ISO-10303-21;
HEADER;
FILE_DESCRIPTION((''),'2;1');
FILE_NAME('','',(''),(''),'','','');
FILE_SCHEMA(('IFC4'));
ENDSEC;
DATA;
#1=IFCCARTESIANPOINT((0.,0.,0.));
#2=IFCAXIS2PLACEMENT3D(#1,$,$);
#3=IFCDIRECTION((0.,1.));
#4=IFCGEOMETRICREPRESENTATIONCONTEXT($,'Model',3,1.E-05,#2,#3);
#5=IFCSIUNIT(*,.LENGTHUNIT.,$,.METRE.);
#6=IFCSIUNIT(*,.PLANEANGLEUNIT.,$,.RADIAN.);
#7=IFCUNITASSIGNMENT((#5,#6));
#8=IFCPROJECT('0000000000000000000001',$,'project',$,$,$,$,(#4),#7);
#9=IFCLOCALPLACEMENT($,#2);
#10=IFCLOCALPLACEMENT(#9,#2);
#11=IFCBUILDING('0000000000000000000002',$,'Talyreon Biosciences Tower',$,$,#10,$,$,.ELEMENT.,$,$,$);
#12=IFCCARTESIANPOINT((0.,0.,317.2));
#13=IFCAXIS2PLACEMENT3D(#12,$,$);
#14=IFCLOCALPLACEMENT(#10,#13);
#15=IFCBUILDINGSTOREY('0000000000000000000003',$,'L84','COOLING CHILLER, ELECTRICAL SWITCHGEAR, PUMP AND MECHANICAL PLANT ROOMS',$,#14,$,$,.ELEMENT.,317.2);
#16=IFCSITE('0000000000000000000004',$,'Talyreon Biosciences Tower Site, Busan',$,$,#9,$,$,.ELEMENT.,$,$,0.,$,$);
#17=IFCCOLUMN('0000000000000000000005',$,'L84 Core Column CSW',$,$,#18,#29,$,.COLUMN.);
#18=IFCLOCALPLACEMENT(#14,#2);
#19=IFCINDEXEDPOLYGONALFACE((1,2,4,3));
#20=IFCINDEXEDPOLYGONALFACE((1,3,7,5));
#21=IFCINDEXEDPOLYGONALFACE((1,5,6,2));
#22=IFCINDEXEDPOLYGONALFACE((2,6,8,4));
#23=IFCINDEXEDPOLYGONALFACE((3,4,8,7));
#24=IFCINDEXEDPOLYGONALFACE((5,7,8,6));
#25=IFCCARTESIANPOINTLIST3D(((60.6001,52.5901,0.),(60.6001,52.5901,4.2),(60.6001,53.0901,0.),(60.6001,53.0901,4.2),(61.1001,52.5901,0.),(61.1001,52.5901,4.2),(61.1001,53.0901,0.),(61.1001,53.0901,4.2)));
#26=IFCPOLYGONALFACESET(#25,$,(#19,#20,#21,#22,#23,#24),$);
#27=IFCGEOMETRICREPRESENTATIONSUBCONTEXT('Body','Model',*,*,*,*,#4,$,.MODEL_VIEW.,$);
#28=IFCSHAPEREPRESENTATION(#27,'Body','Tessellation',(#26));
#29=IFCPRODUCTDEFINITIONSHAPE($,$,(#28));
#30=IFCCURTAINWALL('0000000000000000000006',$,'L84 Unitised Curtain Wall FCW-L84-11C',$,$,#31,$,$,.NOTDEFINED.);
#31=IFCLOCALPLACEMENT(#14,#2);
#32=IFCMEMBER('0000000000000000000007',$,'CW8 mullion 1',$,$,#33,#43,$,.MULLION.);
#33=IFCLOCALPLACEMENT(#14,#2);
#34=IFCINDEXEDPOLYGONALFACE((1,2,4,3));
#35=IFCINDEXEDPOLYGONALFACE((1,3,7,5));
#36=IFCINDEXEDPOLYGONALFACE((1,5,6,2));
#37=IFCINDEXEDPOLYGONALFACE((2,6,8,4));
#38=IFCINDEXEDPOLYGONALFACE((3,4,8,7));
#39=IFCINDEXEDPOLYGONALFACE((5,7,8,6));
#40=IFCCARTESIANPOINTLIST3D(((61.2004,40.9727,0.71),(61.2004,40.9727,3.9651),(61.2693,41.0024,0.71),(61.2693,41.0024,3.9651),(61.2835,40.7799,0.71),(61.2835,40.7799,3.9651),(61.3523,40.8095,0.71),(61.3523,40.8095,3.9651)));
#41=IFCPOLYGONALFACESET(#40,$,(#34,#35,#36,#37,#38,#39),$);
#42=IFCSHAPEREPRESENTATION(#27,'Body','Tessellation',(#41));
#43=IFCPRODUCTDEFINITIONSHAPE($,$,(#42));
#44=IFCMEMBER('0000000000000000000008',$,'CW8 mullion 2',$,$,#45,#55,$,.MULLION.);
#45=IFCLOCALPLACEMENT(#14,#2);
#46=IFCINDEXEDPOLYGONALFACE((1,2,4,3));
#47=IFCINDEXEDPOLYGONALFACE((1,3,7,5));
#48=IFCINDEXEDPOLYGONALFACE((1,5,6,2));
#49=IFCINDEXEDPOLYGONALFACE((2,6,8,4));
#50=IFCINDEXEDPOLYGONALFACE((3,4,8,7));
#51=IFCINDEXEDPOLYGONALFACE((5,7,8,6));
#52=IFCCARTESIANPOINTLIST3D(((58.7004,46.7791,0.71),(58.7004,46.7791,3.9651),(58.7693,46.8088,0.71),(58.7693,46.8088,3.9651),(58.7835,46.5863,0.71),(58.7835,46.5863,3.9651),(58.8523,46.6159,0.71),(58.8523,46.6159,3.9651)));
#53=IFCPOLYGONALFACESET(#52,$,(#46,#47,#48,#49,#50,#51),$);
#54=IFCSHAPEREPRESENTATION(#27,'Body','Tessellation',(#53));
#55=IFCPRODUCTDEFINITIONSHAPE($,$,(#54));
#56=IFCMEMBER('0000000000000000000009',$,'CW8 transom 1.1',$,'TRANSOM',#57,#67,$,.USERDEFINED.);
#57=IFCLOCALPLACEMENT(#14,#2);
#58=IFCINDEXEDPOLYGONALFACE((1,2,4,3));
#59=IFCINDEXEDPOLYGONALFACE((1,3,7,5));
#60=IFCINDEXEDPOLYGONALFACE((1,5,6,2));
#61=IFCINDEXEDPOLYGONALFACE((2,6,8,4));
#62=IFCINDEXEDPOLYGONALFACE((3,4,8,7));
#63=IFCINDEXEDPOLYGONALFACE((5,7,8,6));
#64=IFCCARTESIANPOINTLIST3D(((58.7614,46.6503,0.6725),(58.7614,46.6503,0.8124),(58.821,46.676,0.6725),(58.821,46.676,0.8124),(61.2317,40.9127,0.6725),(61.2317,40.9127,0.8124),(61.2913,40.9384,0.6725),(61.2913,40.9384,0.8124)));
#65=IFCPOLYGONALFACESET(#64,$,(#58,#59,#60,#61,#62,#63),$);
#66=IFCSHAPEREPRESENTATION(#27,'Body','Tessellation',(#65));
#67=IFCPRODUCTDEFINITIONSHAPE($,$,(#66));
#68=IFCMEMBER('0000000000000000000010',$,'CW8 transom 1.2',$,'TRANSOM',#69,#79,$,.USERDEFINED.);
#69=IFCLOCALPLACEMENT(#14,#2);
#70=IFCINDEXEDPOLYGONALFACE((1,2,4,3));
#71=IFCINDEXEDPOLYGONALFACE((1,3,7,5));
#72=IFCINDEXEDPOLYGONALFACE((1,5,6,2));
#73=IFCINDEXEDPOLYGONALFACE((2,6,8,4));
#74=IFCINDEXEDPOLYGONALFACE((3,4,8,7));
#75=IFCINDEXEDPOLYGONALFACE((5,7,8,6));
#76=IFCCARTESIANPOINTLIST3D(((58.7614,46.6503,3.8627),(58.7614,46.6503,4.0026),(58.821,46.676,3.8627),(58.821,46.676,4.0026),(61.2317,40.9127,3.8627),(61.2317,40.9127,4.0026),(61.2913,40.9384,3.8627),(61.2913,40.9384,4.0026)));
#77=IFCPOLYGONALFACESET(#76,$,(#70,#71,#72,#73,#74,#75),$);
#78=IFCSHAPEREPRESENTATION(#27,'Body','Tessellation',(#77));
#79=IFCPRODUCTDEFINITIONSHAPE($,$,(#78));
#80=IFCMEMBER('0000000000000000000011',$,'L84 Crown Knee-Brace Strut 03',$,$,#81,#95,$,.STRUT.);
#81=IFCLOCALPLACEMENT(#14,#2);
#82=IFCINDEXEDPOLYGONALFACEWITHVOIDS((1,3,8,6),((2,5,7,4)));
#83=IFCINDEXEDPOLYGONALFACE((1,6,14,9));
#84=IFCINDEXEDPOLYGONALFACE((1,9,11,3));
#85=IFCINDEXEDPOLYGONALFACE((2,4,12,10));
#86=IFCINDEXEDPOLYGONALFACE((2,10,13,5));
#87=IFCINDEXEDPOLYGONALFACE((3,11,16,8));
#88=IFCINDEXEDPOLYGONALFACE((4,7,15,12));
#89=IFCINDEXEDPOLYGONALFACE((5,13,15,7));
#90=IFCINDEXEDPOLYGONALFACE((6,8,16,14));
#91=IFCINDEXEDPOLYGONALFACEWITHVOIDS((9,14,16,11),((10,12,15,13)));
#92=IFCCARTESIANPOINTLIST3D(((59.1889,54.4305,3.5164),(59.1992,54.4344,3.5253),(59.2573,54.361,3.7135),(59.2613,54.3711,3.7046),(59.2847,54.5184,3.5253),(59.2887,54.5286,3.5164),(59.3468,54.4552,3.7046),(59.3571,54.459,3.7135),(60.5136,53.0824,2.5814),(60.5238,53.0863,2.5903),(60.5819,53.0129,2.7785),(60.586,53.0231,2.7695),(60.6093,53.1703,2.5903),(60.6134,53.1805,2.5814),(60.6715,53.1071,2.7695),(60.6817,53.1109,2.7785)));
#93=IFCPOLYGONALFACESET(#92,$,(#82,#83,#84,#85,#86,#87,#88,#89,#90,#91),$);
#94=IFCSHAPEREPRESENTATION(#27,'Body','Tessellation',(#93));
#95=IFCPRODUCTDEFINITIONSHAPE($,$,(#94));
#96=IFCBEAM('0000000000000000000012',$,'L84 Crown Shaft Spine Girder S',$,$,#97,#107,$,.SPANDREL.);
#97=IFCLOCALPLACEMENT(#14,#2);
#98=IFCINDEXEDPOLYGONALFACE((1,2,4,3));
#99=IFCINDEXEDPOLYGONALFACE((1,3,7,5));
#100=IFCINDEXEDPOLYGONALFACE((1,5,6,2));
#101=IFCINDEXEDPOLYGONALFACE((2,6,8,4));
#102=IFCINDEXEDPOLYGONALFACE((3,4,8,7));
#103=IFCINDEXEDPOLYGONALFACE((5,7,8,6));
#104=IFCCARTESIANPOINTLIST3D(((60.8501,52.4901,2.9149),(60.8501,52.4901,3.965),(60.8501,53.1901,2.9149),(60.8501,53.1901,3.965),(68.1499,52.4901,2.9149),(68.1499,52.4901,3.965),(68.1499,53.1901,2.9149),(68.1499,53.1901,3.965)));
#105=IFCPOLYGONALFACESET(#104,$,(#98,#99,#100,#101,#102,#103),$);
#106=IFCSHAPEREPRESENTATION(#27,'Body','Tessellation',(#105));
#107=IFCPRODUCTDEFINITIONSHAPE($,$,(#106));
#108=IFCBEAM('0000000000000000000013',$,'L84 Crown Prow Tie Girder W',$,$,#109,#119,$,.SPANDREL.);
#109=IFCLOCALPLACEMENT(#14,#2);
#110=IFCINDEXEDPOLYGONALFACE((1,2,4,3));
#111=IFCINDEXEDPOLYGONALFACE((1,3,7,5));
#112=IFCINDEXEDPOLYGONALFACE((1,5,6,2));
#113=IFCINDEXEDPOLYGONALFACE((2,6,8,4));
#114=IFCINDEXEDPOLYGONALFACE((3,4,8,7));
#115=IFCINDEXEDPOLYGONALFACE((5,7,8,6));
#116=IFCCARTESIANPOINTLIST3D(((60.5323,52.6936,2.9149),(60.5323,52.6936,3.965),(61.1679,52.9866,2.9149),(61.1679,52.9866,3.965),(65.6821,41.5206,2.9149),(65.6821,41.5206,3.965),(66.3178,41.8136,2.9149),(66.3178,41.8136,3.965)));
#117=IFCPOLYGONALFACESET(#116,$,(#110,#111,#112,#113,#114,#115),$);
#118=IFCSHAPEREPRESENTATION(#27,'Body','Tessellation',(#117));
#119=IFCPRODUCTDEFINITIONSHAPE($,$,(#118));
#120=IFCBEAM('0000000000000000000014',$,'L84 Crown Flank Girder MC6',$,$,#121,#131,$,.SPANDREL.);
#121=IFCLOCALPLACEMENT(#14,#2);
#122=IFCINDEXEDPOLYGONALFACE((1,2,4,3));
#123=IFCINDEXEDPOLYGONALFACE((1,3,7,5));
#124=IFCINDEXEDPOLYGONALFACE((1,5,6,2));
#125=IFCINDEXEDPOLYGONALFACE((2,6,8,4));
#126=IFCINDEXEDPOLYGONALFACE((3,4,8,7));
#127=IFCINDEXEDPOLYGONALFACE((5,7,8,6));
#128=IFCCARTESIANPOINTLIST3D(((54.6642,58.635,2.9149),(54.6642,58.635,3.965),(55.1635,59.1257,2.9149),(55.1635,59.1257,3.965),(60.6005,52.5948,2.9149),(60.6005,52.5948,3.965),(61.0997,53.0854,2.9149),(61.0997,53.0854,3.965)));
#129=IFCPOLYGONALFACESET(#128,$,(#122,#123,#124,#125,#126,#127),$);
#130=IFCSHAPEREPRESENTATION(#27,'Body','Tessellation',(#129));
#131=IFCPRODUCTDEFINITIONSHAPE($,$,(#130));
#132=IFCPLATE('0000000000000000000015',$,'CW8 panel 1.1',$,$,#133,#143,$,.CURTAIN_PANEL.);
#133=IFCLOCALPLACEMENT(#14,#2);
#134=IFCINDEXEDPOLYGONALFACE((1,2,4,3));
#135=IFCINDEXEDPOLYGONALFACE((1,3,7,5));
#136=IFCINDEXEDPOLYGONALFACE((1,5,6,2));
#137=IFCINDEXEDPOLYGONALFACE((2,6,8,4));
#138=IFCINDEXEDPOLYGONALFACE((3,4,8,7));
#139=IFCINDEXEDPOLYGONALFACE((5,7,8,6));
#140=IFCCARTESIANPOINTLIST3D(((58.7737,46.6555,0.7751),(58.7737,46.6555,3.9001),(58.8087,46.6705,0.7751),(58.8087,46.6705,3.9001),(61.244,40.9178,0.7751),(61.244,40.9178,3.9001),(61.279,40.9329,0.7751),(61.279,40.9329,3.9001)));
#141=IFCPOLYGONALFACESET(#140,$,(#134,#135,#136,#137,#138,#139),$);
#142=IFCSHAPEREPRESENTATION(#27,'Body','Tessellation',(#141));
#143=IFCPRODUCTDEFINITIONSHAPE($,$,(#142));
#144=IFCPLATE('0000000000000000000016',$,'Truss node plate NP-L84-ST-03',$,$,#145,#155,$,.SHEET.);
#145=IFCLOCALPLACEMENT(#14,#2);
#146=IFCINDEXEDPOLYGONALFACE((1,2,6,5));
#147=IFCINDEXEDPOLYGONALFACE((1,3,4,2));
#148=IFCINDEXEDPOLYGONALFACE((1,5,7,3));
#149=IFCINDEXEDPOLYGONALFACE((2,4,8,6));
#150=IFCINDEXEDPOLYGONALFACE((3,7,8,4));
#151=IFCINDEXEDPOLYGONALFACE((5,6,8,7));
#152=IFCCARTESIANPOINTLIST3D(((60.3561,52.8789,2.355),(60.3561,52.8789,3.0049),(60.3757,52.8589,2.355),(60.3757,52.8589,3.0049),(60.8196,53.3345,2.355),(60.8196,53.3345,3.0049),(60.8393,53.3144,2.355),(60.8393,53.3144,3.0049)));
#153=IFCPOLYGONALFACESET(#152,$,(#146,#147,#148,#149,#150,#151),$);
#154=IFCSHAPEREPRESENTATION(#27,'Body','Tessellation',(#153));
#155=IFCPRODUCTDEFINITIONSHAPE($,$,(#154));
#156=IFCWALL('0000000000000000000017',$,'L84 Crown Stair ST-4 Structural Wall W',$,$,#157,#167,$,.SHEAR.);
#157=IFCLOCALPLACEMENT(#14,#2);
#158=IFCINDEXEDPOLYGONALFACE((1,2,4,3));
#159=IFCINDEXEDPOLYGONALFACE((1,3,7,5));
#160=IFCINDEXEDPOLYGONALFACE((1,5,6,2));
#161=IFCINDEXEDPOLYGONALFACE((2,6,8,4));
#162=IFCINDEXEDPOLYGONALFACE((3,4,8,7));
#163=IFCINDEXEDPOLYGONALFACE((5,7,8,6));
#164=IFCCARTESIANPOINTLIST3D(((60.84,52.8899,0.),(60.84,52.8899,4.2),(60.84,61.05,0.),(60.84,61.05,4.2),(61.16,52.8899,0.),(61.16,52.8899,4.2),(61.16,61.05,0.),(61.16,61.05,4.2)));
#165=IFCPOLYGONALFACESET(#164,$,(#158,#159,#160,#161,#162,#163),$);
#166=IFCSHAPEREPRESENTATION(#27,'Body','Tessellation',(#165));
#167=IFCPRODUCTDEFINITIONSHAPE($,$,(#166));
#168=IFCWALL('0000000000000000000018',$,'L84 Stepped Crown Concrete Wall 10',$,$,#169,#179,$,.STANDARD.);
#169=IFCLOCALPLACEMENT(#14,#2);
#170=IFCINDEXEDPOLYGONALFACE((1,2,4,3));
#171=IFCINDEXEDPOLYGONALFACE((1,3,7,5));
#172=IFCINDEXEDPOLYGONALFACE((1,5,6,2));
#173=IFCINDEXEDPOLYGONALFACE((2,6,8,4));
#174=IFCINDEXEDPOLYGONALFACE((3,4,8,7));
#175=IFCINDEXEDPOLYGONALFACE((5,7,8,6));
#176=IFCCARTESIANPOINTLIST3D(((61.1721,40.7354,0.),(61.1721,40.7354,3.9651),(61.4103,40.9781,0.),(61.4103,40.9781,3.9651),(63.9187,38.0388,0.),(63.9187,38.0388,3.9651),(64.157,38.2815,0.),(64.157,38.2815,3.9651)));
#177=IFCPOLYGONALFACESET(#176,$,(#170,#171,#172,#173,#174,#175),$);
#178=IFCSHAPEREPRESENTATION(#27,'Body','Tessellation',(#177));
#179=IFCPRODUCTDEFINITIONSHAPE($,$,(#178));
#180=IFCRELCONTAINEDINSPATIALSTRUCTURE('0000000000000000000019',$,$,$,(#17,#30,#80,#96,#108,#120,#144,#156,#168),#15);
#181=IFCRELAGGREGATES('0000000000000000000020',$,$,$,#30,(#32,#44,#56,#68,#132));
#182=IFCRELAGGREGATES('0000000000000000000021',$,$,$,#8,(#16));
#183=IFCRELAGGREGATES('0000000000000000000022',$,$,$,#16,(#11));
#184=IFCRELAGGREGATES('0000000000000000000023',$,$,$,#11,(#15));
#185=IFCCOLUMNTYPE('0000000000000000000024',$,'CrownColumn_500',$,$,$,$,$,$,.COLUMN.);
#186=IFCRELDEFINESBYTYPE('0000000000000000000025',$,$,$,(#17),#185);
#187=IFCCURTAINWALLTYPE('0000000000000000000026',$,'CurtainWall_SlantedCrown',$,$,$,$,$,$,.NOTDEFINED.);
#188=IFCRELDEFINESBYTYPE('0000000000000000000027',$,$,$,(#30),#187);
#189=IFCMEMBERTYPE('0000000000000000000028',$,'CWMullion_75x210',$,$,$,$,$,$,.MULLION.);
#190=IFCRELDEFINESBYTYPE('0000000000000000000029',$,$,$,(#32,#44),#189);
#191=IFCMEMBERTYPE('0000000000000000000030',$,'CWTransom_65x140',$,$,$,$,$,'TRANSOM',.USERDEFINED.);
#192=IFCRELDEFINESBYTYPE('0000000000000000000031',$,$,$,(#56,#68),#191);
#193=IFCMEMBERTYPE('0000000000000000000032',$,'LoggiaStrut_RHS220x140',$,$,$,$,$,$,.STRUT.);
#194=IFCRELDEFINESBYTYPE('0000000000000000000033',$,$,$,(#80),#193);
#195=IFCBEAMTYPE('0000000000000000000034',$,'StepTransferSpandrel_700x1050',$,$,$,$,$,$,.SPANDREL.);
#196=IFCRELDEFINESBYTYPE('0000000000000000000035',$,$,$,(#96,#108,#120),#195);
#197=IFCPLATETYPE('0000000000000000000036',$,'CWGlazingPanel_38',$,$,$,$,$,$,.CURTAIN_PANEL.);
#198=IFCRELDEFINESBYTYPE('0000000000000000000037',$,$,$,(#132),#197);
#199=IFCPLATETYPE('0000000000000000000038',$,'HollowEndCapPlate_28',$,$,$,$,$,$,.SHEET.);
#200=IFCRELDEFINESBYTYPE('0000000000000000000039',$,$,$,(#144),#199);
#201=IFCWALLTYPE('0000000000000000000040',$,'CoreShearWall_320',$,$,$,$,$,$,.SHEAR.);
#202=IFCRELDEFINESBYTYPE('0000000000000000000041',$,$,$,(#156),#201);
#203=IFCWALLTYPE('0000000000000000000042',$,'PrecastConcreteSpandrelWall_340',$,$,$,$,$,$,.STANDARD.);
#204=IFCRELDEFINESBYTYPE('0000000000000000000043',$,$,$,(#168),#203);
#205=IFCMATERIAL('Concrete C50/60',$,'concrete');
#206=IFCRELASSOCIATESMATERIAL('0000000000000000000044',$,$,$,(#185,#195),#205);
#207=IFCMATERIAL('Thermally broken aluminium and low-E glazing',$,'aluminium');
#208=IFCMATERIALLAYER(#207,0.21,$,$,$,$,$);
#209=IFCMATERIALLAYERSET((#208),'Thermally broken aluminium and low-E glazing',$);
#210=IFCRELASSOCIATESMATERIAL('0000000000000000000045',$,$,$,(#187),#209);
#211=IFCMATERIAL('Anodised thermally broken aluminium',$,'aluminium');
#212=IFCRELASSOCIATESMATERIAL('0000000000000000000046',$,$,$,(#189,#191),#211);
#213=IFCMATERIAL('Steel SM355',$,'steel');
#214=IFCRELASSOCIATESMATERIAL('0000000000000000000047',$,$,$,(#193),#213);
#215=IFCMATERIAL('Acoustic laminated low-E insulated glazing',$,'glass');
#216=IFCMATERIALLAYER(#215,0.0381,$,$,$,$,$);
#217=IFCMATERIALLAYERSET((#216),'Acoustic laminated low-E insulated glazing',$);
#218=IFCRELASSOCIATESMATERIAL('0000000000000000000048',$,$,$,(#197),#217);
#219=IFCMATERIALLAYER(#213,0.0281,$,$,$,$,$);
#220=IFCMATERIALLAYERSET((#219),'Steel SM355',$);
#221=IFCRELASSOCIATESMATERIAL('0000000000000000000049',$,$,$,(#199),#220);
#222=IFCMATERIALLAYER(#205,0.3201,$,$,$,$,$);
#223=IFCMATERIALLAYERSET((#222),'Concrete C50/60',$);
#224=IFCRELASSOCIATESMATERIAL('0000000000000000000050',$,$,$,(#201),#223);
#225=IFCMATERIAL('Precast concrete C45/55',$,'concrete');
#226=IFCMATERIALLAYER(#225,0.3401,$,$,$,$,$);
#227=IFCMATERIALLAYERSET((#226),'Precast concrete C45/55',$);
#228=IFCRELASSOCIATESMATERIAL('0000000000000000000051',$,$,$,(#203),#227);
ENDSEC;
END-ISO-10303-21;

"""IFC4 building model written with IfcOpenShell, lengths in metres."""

from ifc_helpers import new_model, si_unit, direction, frame, frame_2d, origin, origin_2d, place, context, subcontext, project, spatial, rectangle, hollow_rectangle, extrude, material, layer, layer_set, material_profile, profile_set, type_object, element, aggregate, save


model = new_model("IFC4")

# Units and contexts
model_context = context("Model", 3, precision=1e-05, world=origin(), true_north=direction((0.0, 1.0)))
body_context = subcontext(model_context, "Body", "Model", "MODEL_VIEW")
ifc_project = project(units=[si_unit("LENGTHUNIT", "METRE"), si_unit("PLANEANGLEUNIT", "RADIAN")], contexts=[model_context])

# Site, building, storey
site_placement = place(None, origin())
site = spatial("IfcSite", under=ifc_project, at=site_placement, Name="Talyreon Biosciences Tower Site, Busan", CompositionType="ELEMENT", RefElevation=0.0)
building_placement = place(site_placement, origin())
building = spatial("IfcBuilding", under=site, at=building_placement, Name="Talyreon Biosciences Tower", CompositionType="ELEMENT")
storey_placement = place(building_placement, frame((0.0, 0.0, 317.2)))
storey = spatial("IfcBuildingStorey", under=building, at=storey_placement, Name="L84", Description="COOLING CHILLER, ELECTRICAL SWITCHGEAR, PUMP AND MECHANICAL PLANT ROOMS", CompositionType="ELEMENT", Elevation=317.2)

# Column
ifc_material_1 = material(Name="Concrete C50/60", Category="concrete")
ifc_material_profile_1 = material_profile(ifc_material_1, rectangle(XDim=0.5, YDim=0.5, at=origin_2d()), Name="RC 500x500")
ifc_profile_set_1 = profile_set([ifc_material_profile_1], Name="Concrete C50/60")
column_type = type_object("IfcColumnType", Name="CrownColumn_500", PredefinedType="COLUMN", material=ifc_profile_set_1)
column_placement = place(storey_placement, frame((60.8501, 52.8401, 0.0), z_axis=(0.0, 0.0, 1.0), x_axis=(1.0, 0.0, 0.0)))
element("IfcColumn", 1, at=column_placement, inside=storey, type_object=column_type, Name="L84 Core Column CSW", PredefinedType="COLUMN", context=body_context, shape_type="SweptSolid", body=[
    extrude(rectangle(XDim=0.5, YDim=0.5, at=origin_2d()), origin(), (0.0, 0.0, 1.0), 4.2),
])

# Curtain wall, members
ifc_material_2 = material(Name="Thermally broken aluminium and low-E glazing", Category="aluminium")
ifc_layer_1 = layer(ifc_material_2, 0.21)
ifc_layer_set_1 = layer_set([ifc_layer_1], Name="Thermally broken aluminium and low-E glazing")
curtain_wall_type = type_object("IfcCurtainWallType", Name="CurtainWall_SlantedCrown", PredefinedType="NOTDEFINED", material=ifc_layer_set_1)
curtain_wall_placement = place(storey_placement, origin())
curtain_wall = element("IfcCurtainWall", 2, at=curtain_wall_placement, inside=storey, type_object=curtain_wall_type, Name="L84 Unitised Curtain Wall FCW-L84-11C", PredefinedType="NOTDEFINED")
ifc_material_3 = material(Name="Anodised thermally broken aluminium", Category="aluminium")
ifc_material_profile_2 = material_profile(ifc_material_3, rectangle(XDim=0.075, YDim=0.21, at=origin_2d()), Name="ALUM MULLION 75x210")
ifc_profile_set_2 = profile_set([ifc_material_profile_2], Name="Anodised thermally broken aluminium")
member_type_1 = type_object("IfcMemberType", Name="CWMullion_75x210", PredefinedType="MULLION", material=ifc_profile_set_2)
member_1_placement = place(storey_placement, frame((61.2764, 40.8911, 0.71), z_axis=(0.0, 0.0, 1.0), x_axis=(-0.918487, -0.395451, 0.0)))
member_1 = element("IfcMember", 3, at=member_1_placement, type_object=member_type_1, Name="CW8 mullion 1", PredefinedType="MULLION", context=body_context, shape_type="SweptSolid", body=[
    extrude(rectangle(XDim=0.075, YDim=0.21, at=origin_2d()), origin(), (0.0, 0.0, 1.0), 3.2551),
])
member_2_placement = place(storey_placement, frame((58.7764, 46.6975, 0.71), z_axis=(0.0, 0.0, 1.0), x_axis=(-0.918487, -0.395451, 0.0)))
member_2 = element("IfcMember", 4, at=member_2_placement, type_object=member_type_1, Name="CW8 mullion 2", PredefinedType="MULLION", context=body_context, shape_type="SweptSolid", body=[
    extrude(rectangle(XDim=0.075, YDim=0.21, at=origin_2d()), origin(), (0.0, 0.0, 1.0), 3.2551),
])
ifc_material_profile_3 = material_profile(ifc_material_3, rectangle(XDim=0.0649, YDim=0.1399, at=origin_2d()), Name="ALUM TRANSOM 65x140")
ifc_profile_set_3 = profile_set([ifc_material_profile_3], Name="Anodised thermally broken aluminium")
member_type_2 = type_object("IfcMemberType", Name="CWTransom_65x140", ElementType="TRANSOM", PredefinedType="USERDEFINED", material=ifc_profile_set_3)
member_3_placement = place(storey_placement, frame((61.2615, 40.9255, 0.7424), z_axis=(-0.395442, 0.918491, 0.0), x_axis=(-0.918491, -0.395442, 0.0)))
member_3 = element("IfcMember", 5, at=member_3_placement, type_object=member_type_2, Name="CW8 transom 1.1", ObjectType="TRANSOM", PredefinedType="USERDEFINED", context=body_context, shape_type="SweptSolid", body=[
    extrude(rectangle(XDim=0.0649, YDim=0.1399, at=origin_2d()), origin(), (0.0, 0.0, 1.0), 6.2468),
])
member_4_placement = place(storey_placement, frame((61.2615, 40.9255, 3.9326), z_axis=(-0.395442, 0.918491, 0.0), x_axis=(-0.918491, -0.395442, 0.0)))
member_4 = element("IfcMember", 6, at=member_4_placement, type_object=member_type_2, Name="CW8 transom 1.2", ObjectType="TRANSOM", PredefinedType="USERDEFINED", context=body_context, shape_type="SweptSolid", body=[
    extrude(rectangle(XDim=0.0649, YDim=0.1399, at=origin_2d()), origin(), (0.0, 0.0, 1.0), 6.2468),
])

# Member
ifc_material_4 = material(Name="Steel SM355", Category="steel")
ifc_material_profile_4 = material_profile(ifc_material_4, hollow_rectangle(XDim=0.1399, YDim=0.22, WallThickness=0.01, at=origin_2d()), Name="RHS 220x140x10")
ifc_profile_set_4 = profile_set([ifc_material_profile_4], Name="Steel SM355")
member_type_3 = type_object("IfcMemberType", Name="LoggiaStrut_RHS220x140", PredefinedType="STRUT", material=ifc_profile_set_4)
member_5_placement = place(storey_placement, frame((60.5977, 53.0967, 2.6799), z_axis=(-0.628206, 0.639321, 0.443426), x_axis=(-0.71328, -0.700879, 0.0)))
element("IfcMember", 7, at=member_5_placement, inside=storey, type_object=member_type_3, Name="L84 Crown Knee-Brace Strut 03", PredefinedType="STRUT", context=body_context, shape_type="SweptSolid", body=[
    extrude(hollow_rectangle(XDim=0.1399, YDim=0.22, WallThickness=0.01, at=origin_2d()), origin(), (0.0, 0.0, 1.0), 2.1086),
])

# Beams
ifc_material_profile_5 = material_profile(ifc_material_1, rectangle(XDim=0.7, YDim=1.05, at=origin_2d()), Name="RCB 700x1050")
ifc_profile_set_5 = profile_set([ifc_material_profile_5], Name="Concrete C50/60")
beam_type = type_object("IfcBeamType", Name="StepTransferSpandrel_700x1050", PredefinedType="SPANDREL", material=ifc_profile_set_5)
beam_1_placement = place(storey_placement, frame((60.8501, 52.8401, 3.4399), z_axis=(1.0, 0.0, 0.0), x_axis=(0.0, 1.0, 0.0)))
element("IfcBeam", 8, at=beam_1_placement, inside=storey, type_object=beam_type, Name="L84 Crown Shaft Spine Girder S", PredefinedType="SPANDREL", context=body_context, shape_type="SweptSolid", body=[
    extrude(rectangle(XDim=0.7, YDim=1.05, at=origin_2d()), origin(), (0.0, 0.0, 1.0), 7.2998),
])
beam_2_placement = place(storey_placement, frame((60.8501, 52.8401, 3.4399), z_axis=(0.418595, -0.908173, 0.0), x_axis=(0.908173, 0.418595, 0.0)))
element("IfcBeam", 9, at=beam_2_placement, inside=storey, type_object=beam_type, Name="L84 Crown Prow Tie Girder W", PredefinedType="SPANDREL", context=body_context, shape_type="SweptSolid", body=[
    extrude(rectangle(XDim=0.7, YDim=1.05, at=origin_2d()), origin(), (0.0, 0.0, 1.0), 12.3027),
])
beam_3_placement = place(storey_placement, frame((60.8501, 52.8401, 3.4399), z_axis=(-0.70094, 0.71322, 0.0), x_axis=(-0.71322, -0.70094, 0.0)))
element("IfcBeam", 10, at=beam_3_placement, inside=storey, type_object=beam_type, Name="L84 Crown Flank Girder MC6", PredefinedType="SPANDREL", context=body_context, shape_type="SweptSolid", body=[
    extrude(rectangle(XDim=0.7, YDim=1.05, at=origin_2d()), origin(), (0.0, 0.0, 1.0), 8.469),
])

# Plates
ifc_material_5 = material(Name="Acoustic laminated low-E insulated glazing", Category="glass")
ifc_layer_2 = layer(ifc_material_5, 0.0381)
ifc_layer_set_2 = layer_set([ifc_layer_2], Name="Acoustic laminated low-E insulated glazing")
plate_type_1 = type_object("IfcPlateType", Name="CWGlazingPanel_38", PredefinedType="CURTAIN_PANEL", material=ifc_layer_set_2)
plate_1_placement = place(storey_placement, frame((60.0264, 43.7942, 0.7751), z_axis=(0.0, 0.0, 1.0), x_axis=(-0.395451, 0.918487, 0.0)))
plate_1 = element("IfcPlate", 11, at=plate_1_placement, type_object=plate_type_1, Name="CW8 panel 1.1", PredefinedType="CURTAIN_PANEL", context=body_context, shape_type="SweptSolid", body=[
    extrude(rectangle(XDim=6.2468, YDim=0.0381, at=origin_2d()), origin(), (0.0, 0.0, 1.0), 3.125),
])
aggregate(curtain_wall, [member_1, member_2, member_3, member_4, plate_1])
ifc_layer_3 = layer(ifc_material_4, 0.0281)
ifc_layer_set_3 = layer_set([ifc_layer_3], Name="Steel SM355")
plate_type_2 = type_object("IfcPlateType", Name="HollowEndCapPlate_28", PredefinedType="SHEET", material=ifc_layer_set_3)
plate_2_placement = place(storey_placement, frame((60.5977, 53.0967, 2.355), z_axis=(0.0, 0.0, 1.0), x_axis=(-0.713226, -0.700934, 0.0)))
element("IfcPlate", 12, at=plate_2_placement, inside=storey, type_object=plate_type_2, Name="Truss node plate NP-L84-ST-03", PredefinedType="SHEET", context=body_context, shape_type="SweptSolid", body=[
    extrude(rectangle(XDim=0.6499, YDim=0.0281, at=origin_2d()), origin(), (0.0, 0.0, 1.0), 0.6499),
])

# Wall
ifc_layer_4 = layer(ifc_material_1, 0.3201)
ifc_layer_set_4 = layer_set([ifc_layer_4], Name="Concrete C50/60")
wall_type_1 = type_object("IfcWallType", Name="CoreShearWall_320", PredefinedType="SHEAR", material=ifc_layer_set_4)
wall_1_placement = place(storey_placement, frame((61.0, 52.8899, 0.0), z_axis=(0.0, 0.0, 1.0), x_axis=(0.0, 1.0, 0.0)))
element("IfcWall", 13, at=wall_1_placement, inside=storey, type_object=wall_type_1, Name="L84 Crown Stair ST-4 Structural Wall W", PredefinedType="SHEAR", context=body_context, shape_type="SweptSolid", body=[
    extrude(rectangle(XDim=8.1602, YDim=0.3201, at=frame_2d((4.0801, 0.0))), origin(), (0.0, 0.0, 1.0), 4.2),
])

# Wall
ifc_material_6 = material(Name="Precast concrete C45/55", Category="concrete")
ifc_layer_5 = layer(ifc_material_6, 0.3401)
ifc_layer_set_5 = layer_set([ifc_layer_5], Name="Precast concrete C45/55")
wall_type_2 = type_object("IfcWallType", Name="PrecastConcreteSpandrelWall_340", PredefinedType="STANDARD", material=ifc_layer_set_5)
wall_2_placement = place(storey_placement, frame((64.0378, 38.1602, 0.0), z_axis=(0.0, 0.0, 1.0), x_axis=(-0.713578, 0.700575, 0.0)))
element("IfcWall", 14, at=wall_2_placement, inside=storey, type_object=wall_type_2, Name="L84 Stepped Crown Concrete Wall 10", PredefinedType="STANDARD", context=body_context, shape_type="SweptSolid", body=[
    extrude(rectangle(XDim=3.8491, YDim=0.3401, at=frame_2d((1.9246, 0.0))), origin(), (0.0, 0.0, 1.0), 3.9651),
])

save(model, "model.ifc")
